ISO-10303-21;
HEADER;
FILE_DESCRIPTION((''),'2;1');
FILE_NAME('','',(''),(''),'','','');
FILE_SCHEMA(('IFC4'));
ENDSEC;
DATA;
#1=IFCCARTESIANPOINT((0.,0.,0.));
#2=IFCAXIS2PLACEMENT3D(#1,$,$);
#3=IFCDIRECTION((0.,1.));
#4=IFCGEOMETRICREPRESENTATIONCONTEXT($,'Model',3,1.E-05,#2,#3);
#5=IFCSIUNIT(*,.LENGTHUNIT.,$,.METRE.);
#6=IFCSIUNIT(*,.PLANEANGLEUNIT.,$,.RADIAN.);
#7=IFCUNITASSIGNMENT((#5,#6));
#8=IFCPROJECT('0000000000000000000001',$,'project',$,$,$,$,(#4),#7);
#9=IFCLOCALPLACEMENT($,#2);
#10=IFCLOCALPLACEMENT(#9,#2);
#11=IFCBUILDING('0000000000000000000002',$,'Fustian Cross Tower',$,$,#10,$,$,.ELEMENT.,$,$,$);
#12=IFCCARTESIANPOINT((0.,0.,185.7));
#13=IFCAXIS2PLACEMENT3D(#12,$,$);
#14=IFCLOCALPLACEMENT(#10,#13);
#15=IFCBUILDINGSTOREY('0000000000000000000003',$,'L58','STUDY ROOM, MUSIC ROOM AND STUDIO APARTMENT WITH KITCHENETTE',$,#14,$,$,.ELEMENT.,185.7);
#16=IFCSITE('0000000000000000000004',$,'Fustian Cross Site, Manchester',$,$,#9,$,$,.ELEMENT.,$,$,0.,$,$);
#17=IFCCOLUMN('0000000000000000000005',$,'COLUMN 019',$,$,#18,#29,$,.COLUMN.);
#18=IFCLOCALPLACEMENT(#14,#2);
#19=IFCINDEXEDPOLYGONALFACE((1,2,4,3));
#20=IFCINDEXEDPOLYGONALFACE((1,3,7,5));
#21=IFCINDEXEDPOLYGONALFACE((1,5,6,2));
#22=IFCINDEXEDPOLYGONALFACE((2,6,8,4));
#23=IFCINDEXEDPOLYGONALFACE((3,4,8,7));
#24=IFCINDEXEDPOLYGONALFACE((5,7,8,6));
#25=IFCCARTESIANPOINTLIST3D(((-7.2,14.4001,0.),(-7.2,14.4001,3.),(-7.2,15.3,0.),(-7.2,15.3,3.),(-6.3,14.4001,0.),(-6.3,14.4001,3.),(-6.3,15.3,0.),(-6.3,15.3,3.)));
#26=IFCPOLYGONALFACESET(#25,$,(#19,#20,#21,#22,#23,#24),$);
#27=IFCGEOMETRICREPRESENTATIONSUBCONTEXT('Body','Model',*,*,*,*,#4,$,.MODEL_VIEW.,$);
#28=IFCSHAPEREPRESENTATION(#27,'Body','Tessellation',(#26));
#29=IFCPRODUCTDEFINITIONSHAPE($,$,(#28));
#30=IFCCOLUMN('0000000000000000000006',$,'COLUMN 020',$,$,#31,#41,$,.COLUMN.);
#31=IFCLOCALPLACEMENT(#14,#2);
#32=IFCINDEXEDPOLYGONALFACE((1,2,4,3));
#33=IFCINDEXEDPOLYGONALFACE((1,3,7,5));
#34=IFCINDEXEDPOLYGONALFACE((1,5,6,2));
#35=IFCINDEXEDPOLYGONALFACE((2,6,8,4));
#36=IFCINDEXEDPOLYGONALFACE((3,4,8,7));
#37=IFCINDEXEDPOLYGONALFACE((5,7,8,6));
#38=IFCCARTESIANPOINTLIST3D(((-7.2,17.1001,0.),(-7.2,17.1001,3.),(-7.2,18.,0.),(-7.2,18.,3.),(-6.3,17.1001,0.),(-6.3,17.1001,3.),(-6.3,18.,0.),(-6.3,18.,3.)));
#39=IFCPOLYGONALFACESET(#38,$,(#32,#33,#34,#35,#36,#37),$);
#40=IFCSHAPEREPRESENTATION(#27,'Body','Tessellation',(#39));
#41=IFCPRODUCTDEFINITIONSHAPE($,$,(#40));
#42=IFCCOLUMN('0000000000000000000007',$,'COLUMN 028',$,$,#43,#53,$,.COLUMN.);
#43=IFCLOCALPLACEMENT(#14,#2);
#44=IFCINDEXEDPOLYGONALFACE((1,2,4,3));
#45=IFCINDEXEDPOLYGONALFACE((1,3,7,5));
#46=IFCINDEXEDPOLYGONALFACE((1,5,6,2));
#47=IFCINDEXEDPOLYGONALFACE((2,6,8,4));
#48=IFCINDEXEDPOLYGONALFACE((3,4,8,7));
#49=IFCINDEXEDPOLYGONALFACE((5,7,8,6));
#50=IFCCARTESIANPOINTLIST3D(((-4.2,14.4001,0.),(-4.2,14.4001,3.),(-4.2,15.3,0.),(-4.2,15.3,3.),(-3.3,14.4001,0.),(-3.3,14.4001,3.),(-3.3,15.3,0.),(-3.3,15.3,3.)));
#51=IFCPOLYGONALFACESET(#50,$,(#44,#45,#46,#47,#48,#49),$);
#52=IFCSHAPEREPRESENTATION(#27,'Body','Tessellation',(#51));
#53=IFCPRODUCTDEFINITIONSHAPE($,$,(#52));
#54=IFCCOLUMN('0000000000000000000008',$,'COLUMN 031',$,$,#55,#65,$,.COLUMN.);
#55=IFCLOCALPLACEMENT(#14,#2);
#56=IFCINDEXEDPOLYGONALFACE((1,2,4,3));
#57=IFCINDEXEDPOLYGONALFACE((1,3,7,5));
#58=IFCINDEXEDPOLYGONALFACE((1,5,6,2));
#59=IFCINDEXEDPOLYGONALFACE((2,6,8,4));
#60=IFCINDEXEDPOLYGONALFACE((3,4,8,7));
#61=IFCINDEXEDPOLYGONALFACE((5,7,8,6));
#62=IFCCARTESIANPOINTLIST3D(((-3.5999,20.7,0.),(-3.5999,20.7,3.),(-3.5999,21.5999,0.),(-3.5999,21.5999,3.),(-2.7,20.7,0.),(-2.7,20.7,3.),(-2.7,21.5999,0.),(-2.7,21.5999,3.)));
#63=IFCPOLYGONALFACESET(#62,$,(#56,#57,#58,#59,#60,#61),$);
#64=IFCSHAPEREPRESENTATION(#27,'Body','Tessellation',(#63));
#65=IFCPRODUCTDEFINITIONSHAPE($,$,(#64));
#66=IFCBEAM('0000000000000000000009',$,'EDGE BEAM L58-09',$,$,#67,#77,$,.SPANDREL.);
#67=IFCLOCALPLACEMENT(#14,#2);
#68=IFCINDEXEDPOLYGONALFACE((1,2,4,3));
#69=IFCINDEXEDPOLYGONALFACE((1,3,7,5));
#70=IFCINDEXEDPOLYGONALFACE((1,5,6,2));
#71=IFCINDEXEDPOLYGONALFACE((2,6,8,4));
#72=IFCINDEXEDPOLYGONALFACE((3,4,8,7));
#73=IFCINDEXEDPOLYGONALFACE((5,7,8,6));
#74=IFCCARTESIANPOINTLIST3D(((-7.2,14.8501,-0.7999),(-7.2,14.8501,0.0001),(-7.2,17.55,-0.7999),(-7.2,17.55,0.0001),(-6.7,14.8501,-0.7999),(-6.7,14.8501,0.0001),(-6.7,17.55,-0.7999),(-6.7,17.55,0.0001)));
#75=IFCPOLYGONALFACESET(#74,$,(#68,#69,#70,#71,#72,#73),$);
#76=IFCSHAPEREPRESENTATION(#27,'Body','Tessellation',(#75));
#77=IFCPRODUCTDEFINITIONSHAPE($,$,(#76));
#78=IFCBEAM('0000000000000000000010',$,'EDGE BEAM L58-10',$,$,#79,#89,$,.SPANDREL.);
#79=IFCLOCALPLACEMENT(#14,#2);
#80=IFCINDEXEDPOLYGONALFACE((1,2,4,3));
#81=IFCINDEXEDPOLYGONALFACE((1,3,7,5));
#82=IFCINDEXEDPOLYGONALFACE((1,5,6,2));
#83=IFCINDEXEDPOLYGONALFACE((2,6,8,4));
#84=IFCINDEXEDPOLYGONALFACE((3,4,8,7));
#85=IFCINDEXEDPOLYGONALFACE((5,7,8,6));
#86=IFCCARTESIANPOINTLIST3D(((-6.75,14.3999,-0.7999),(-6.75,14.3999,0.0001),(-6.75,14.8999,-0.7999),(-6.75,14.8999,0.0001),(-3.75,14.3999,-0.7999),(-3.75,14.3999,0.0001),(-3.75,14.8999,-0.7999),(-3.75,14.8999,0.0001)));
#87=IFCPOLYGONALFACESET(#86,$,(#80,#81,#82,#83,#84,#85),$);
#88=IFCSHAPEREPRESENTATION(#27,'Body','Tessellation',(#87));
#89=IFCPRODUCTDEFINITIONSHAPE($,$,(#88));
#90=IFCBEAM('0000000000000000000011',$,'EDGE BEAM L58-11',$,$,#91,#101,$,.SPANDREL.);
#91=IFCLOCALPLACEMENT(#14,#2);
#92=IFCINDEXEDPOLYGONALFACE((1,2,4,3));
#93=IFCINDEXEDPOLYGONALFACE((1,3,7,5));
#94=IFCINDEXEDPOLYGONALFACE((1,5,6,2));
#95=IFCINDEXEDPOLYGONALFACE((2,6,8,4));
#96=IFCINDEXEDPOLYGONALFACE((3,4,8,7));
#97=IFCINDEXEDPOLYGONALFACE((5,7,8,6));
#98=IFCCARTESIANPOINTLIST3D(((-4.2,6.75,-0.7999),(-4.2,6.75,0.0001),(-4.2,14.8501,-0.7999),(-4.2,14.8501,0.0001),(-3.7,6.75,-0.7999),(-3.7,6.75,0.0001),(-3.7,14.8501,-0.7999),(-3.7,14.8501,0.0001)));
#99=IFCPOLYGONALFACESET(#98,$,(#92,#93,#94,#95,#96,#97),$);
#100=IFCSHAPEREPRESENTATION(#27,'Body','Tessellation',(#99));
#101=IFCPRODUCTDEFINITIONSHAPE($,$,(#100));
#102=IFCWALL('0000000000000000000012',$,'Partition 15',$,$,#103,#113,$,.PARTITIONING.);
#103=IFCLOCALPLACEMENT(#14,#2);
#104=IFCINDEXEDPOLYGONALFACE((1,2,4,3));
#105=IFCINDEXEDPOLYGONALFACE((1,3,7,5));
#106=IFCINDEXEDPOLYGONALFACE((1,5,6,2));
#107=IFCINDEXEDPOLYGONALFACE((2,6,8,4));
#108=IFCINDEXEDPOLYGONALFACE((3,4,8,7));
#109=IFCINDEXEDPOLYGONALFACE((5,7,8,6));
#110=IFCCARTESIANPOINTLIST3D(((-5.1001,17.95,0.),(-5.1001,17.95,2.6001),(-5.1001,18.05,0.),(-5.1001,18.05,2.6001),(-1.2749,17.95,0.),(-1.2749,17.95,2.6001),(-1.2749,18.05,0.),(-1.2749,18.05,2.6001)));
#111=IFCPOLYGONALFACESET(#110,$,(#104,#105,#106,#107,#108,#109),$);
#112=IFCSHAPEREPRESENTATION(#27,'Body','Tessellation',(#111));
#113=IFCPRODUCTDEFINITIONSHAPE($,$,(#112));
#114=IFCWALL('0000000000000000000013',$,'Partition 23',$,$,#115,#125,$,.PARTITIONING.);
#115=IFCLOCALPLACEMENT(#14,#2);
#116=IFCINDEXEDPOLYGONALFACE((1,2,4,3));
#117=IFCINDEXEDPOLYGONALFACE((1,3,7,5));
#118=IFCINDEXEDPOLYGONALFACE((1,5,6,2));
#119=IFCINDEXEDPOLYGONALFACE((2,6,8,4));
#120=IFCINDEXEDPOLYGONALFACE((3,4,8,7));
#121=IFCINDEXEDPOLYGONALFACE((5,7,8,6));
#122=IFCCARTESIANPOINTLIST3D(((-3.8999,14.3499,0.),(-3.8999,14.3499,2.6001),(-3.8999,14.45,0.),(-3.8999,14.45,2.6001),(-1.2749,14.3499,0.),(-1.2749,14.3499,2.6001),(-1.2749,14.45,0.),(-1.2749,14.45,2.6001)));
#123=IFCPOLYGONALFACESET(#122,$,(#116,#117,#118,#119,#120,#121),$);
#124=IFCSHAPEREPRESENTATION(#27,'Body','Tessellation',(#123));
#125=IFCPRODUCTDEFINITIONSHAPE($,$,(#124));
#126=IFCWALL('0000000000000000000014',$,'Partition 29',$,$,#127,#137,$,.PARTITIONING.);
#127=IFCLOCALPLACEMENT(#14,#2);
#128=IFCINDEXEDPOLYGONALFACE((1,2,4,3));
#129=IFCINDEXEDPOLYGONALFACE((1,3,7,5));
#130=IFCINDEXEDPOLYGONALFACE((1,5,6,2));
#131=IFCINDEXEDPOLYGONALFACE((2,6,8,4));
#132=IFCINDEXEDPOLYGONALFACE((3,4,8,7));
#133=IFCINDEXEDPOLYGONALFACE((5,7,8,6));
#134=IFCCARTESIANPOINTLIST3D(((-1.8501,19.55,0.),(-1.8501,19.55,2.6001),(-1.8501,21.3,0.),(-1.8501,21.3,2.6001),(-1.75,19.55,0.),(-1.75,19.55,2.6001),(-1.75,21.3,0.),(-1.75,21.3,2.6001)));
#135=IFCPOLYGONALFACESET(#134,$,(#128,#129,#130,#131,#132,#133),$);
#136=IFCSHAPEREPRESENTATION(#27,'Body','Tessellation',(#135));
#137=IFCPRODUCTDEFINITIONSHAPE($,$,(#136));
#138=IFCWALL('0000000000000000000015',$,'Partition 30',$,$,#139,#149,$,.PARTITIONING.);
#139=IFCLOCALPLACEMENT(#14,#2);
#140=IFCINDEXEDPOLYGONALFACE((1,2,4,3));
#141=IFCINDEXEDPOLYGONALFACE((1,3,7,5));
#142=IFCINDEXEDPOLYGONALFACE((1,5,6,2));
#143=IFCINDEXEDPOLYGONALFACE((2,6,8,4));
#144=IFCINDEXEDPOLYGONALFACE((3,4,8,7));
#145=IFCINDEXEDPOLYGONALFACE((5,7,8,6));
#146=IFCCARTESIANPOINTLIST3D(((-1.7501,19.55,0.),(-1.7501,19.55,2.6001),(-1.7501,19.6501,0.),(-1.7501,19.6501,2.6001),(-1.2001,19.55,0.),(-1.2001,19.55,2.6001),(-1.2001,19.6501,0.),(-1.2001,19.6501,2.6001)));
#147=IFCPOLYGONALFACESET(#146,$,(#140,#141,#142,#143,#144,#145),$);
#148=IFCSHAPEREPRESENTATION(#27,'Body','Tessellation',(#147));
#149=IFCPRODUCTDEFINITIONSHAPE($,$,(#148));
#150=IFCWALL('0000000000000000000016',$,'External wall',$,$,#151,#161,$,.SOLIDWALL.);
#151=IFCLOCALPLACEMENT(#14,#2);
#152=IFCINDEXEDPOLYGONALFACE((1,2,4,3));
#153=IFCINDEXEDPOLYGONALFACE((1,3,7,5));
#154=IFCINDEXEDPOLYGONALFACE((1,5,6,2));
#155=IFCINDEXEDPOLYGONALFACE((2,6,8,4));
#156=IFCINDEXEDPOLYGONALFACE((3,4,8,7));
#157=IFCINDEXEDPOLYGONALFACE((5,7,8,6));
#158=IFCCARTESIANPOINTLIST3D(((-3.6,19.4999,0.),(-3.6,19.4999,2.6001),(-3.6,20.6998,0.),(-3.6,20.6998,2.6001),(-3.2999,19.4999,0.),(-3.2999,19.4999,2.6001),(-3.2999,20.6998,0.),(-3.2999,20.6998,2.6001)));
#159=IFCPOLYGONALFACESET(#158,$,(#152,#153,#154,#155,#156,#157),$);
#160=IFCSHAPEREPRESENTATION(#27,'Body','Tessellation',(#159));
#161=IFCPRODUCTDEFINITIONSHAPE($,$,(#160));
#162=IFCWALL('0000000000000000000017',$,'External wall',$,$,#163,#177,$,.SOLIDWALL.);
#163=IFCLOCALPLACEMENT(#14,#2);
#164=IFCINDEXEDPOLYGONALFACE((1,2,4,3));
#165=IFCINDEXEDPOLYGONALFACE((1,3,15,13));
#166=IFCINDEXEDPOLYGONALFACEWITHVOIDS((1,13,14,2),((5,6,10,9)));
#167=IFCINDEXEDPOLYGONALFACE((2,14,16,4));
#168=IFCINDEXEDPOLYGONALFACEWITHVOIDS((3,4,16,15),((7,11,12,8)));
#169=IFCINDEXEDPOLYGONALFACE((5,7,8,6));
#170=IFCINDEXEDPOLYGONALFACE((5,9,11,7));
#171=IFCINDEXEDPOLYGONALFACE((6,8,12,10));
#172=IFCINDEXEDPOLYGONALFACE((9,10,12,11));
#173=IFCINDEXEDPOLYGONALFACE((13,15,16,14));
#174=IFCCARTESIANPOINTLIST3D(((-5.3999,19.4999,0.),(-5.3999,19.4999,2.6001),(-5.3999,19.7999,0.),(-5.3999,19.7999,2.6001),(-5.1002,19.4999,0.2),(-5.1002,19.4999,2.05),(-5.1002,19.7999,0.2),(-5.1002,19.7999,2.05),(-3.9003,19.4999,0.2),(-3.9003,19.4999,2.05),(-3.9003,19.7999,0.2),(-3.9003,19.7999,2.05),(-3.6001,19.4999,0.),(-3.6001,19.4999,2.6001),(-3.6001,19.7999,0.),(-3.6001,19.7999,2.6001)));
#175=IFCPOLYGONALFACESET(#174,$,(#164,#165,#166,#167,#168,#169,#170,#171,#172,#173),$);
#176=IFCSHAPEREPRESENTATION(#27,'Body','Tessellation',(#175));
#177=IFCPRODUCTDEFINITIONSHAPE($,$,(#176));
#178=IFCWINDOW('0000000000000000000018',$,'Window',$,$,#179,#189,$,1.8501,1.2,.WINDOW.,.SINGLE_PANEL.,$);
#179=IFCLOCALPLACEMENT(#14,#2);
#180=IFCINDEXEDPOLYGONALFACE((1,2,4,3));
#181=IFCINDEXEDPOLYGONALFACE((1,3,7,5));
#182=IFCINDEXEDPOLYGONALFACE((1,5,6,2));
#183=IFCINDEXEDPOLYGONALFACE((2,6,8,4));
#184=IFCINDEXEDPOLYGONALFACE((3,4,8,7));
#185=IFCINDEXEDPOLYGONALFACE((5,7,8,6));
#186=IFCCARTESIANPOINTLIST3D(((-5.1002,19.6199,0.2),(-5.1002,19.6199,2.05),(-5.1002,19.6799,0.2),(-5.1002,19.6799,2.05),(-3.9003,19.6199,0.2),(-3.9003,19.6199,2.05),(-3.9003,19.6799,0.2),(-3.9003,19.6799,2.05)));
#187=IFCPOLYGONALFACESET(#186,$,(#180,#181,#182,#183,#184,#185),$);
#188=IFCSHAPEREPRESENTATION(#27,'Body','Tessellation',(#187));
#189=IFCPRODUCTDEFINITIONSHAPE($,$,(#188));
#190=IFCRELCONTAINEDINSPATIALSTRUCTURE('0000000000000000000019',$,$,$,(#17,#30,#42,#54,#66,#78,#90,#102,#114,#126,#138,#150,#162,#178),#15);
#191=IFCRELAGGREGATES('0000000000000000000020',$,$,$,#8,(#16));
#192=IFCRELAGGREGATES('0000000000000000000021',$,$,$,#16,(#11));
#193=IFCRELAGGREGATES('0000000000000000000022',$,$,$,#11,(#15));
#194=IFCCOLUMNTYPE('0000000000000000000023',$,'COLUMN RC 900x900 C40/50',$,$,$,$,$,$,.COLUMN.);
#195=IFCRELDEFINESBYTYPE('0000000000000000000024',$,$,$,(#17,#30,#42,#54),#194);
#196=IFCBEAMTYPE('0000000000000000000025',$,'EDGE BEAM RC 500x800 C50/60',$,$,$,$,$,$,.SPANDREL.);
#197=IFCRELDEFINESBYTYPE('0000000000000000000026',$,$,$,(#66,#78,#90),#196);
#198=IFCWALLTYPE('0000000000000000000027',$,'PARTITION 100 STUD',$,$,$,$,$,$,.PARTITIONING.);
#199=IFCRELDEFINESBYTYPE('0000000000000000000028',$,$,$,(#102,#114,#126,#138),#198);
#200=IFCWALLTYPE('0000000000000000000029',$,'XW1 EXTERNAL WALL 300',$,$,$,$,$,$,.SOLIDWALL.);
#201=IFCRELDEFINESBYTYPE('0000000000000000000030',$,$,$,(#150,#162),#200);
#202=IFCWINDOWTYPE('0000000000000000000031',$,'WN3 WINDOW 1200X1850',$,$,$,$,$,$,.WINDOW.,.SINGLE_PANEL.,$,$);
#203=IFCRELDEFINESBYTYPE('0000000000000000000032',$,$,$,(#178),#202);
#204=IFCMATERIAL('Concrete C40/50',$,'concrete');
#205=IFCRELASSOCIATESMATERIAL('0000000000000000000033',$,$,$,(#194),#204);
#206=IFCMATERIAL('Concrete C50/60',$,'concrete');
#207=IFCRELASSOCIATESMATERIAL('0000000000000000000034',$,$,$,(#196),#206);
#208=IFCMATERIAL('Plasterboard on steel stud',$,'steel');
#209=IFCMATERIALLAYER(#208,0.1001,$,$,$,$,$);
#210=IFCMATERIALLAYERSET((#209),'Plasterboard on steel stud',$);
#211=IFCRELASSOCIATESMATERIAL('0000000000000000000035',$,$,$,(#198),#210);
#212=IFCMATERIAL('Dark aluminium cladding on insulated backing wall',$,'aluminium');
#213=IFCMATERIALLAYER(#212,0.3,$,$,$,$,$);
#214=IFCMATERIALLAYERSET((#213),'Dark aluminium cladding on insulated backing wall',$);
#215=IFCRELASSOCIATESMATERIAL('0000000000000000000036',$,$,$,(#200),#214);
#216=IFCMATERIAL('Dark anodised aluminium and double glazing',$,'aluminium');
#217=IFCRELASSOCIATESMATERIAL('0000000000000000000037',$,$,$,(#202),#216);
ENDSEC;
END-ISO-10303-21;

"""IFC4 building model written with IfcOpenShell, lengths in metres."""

from ifc_helpers import new_model, si_unit, direction, frame, frame_2d, origin, origin_2d, place, context, subcontext, project, spatial, rectangle, extrude, material, layer, layer_set, material_profile, profile_set, type_object, element, fill, save


model = new_model("IFC4")

# Units and contexts
model_context = context("Model", 3, precision=1e-05, world=origin(), true_north=direction((0.0, 1.0)))
body_context = subcontext(model_context, "Body", "Model", "MODEL_VIEW")
ifc_project = project(units=[si_unit("LENGTHUNIT", "METRE"), si_unit("PLANEANGLEUNIT", "RADIAN")], contexts=[model_context])

# Site, building, storey
site_placement = place(None, origin())
site = spatial("IfcSite", under=ifc_project, at=site_placement, Name="Fustian Cross Site, Manchester", CompositionType="ELEMENT", RefElevation=0.0)
building_placement = place(site_placement, origin())
building = spatial("IfcBuilding", under=site, at=building_placement, Name="Fustian Cross Tower", CompositionType="ELEMENT")
storey_placement = place(building_placement, frame((0.0, 0.0, 185.7)))
storey = spatial("IfcBuildingStorey", under=building, at=storey_placement, Name="L58", Description="STUDY ROOM, MUSIC ROOM AND STUDIO APARTMENT WITH KITCHENETTE", CompositionType="ELEMENT", Elevation=185.7)

# Columns
ifc_material_1 = material(Name="Concrete C40/50", Category="concrete")
ifc_material_profile_1 = material_profile(ifc_material_1, rectangle(XDim=0.8999, YDim=0.8999, at=origin_2d()), Name="RC 900x900")
ifc_profile_set_1 = profile_set([ifc_material_profile_1], Name="Concrete C40/50")
column_type = type_object("IfcColumnType", Name="COLUMN RC 900x900 C40/50", PredefinedType="COLUMN", material=ifc_profile_set_1)
for number, where, z_axis, x_axis, name in (
    (1, (-6.75, 14.8501, 0.0), (0.0, 0.0, 1.0), (1.0, 0.0, 0.0), "COLUMN 019"),
    (2, (-6.75, 17.55, 0.0), (0.0, 0.0, 1.0), (1.0, 0.0, 0.0), "COLUMN 020"),
    (3, (-3.75, 14.8501, 0.0), (0.0, 0.0, 1.0), (1.0, 0.0, 0.0), "COLUMN 028"),
    (4, (-3.1499, 21.1499, 0.0), (0.0, 0.0, 1.0), (1.0, 0.0, 0.0), "COLUMN 031"),
):
    element("IfcColumn", number, at=place(storey_placement, frame(where, z_axis=z_axis, x_axis=x_axis)), inside=storey, type_object=column_type, Name=name, PredefinedType="COLUMN", context=body_context, shape_type="SweptSolid", body=[
        extrude(rectangle(XDim=0.8999, YDim=0.8999, at=origin_2d()), origin(), (0.0, 0.0, 1.0), 3.0),
    ])

# Beams
ifc_material_2 = material(Name="Concrete C50/60", Category="concrete")
ifc_material_profile_2 = material_profile(ifc_material_2, rectangle(XDim=0.5, YDim=0.8, at=origin_2d()), Name="RC 500x800")
ifc_profile_set_2 = profile_set([ifc_material_profile_2], Name="Concrete C50/60")
beam_type = type_object("IfcBeamType", Name="EDGE BEAM RC 500x800 C50/60", PredefinedType="SPANDREL", material=ifc_profile_set_2)
beam_1_placement = place(storey_placement, frame((-6.95, 17.55, -0.3999), z_axis=(0.0, -1.0, 0.0), x_axis=(1.0, 0.0, 0.0)))
element("IfcBeam", 5, at=beam_1_placement, inside=storey, type_object=beam_type, Name="EDGE BEAM L58-09", PredefinedType="SPANDREL", context=body_context, shape_type="SweptSolid", body=[
    extrude(rectangle(XDim=0.5, YDim=0.8, at=origin_2d()), origin(), (0.0, 0.0, 1.0), 2.7),
])
beam_2_placement = place(storey_placement, frame((-6.75, 14.6499, -0.3999), z_axis=(1.0, 0.0, 0.0), x_axis=(0.0, 1.0, 0.0)))
element("IfcBeam", 6, at=beam_2_placement, inside=storey, type_object=beam_type, Name="EDGE BEAM L58-10", PredefinedType="SPANDREL", context=body_context, shape_type="SweptSolid", body=[
    extrude(rectangle(XDim=0.5, YDim=0.8, at=origin_2d()), origin(), (0.0, 0.0, 1.0), 3.0),
])
beam_3_placement = place(storey_placement, frame((-3.95, 14.8501, -0.3999), z_axis=(0.0, -1.0, 0.0), x_axis=(1.0, 0.0, 0.0)))
element("IfcBeam", 7, at=beam_3_placement, inside=storey, type_object=beam_type, Name="EDGE BEAM L58-11", PredefinedType="SPANDREL", context=body_context, shape_type="SweptSolid", body=[
    extrude(rectangle(XDim=0.5, YDim=0.8, at=origin_2d()), origin(), (0.0, 0.0, 1.0), 8.1001),
])

# Walls
ifc_material_3 = material(Name="Plasterboard on steel stud", Category="steel")
ifc_layer_1 = layer(ifc_material_3, 0.1001)
ifc_layer_set_1 = layer_set([ifc_layer_1], Name="Plasterboard on steel stud")
wall_type_1 = type_object("IfcWallType", Name="PARTITION 100 STUD", PredefinedType="PARTITIONING", material=ifc_layer_set_1)
wall_1_placement = place(storey_placement, frame((-5.1001, 18.0, 0.0), z_axis=(0.0, 0.0, 1.0), x_axis=(1.0, 0.0, 0.0)))
element("IfcWall", 8, at=wall_1_placement, inside=storey, type_object=wall_type_1, Name="Partition 15", PredefinedType="PARTITIONING", context=body_context, shape_type="SweptSolid", body=[
    extrude(rectangle(XDim=3.8252, YDim=0.1001, at=frame_2d((1.9126, 0.0))), origin(), (0.0, 0.0, 1.0), 2.6001),
])
wall_2_placement = place(storey_placement, frame((-3.8999, 14.3999, 0.0), z_axis=(0.0, 0.0, 1.0), x_axis=(1.0, 0.0, 0.0)))
element("IfcWall", 9, at=wall_2_placement, inside=storey, type_object=wall_type_1, Name="Partition 23", PredefinedType="PARTITIONING", context=body_context, shape_type="SweptSolid", body=[
    extrude(rectangle(XDim=2.625, YDim=0.1001, at=frame_2d((1.3125, 0.0))), origin(), (0.0, 0.0, 1.0), 2.6001),
])
wall_3_placement = place(storey_placement, frame((-1.8, 19.55, 0.0), z_axis=(0.0, 0.0, 1.0), x_axis=(0.0, 1.0, 0.0)))
element("IfcWall", 10, at=wall_3_placement, inside=storey, type_object=wall_type_1, Name="Partition 29", PredefinedType="PARTITIONING", context=body_context, shape_type="SweptSolid", body=[
    extrude(rectangle(XDim=1.75, YDim=0.1001, at=frame_2d((0.875, 0.0))), origin(), (0.0, 0.0, 1.0), 2.6001),
])
wall_4_placement = place(storey_placement, frame((-1.75, 19.6001, 0.0), z_axis=(0.0, 0.0, 1.0), x_axis=(1.0, 0.0, 0.0)))
element("IfcWall", 11, at=wall_4_placement, inside=storey, type_object=wall_type_1, Name="Partition 30", PredefinedType="PARTITIONING", context=body_context, shape_type="SweptSolid", body=[
    extrude(rectangle(XDim=0.55, YDim=0.1001, at=frame_2d((0.2749, 0.0))), origin(), (0.0, 0.0, 1.0), 2.6001),
])
ifc_material_4 = material(Name="Dark aluminium cladding on insulated backing wall", Category="aluminium")
ifc_layer_2 = layer(ifc_material_4, 0.3)
ifc_layer_set_2 = layer_set([ifc_layer_2], Name="Dark aluminium cladding on insulated backing wall")
wall_type_2 = type_object("IfcWallType", Name="XW1 EXTERNAL WALL 300", PredefinedType="SOLIDWALL", material=ifc_layer_set_2)
wall_5_placement = place(storey_placement, frame((-3.45, 20.7, 0.0), z_axis=(0.0, 0.0, 1.0), x_axis=(0.0, -1.0, 0.0)))
element("IfcWall", 12, at=wall_5_placement, inside=storey, type_object=wall_type_2, Name="External wall", PredefinedType="SOLIDWALL", context=body_context, shape_type="SweptSolid", body=[
    extrude(rectangle(XDim=1.2, YDim=0.3, at=frame_2d((0.6001, 0.0))), origin(), (0.0, 0.0, 1.0), 2.6001),
])

# Wall, opening, window
wall_6_placement = place(storey_placement, frame((-3.6001, 19.6499, 0.0), z_axis=(0.0, 0.0, 1.0), x_axis=(-1.0, 0.0, 0.0)))
wall_6 = element("IfcWall", 13, at=wall_6_placement, inside=storey, type_object=wall_type_2, Name="External wall", PredefinedType="SOLIDWALL", context=body_context, shape_type="SweptSolid", body=[
    extrude(rectangle(XDim=1.7998, YDim=0.3, at=frame_2d((0.8999, 0.0))), origin(), (0.0, 0.0, 1.0), 2.6001),
])
opening_1_placement = place(wall_6_placement, frame((0.3, 0.0, 0.2)))
opening_1 = element("IfcOpeningElement", 14, at=opening_1_placement, cuts=wall_6, PredefinedType="OPENING", context=body_context, shape_type="SweptSolid", body=[
    extrude(rectangle(XDim=1.2, YDim=1.8501, at=frame_2d((0.6001, 0.925))), frame((0.0, 0.1599, 0.0), z_axis=(0.0, -1.0, 0.0), x_axis=(1.0, 0.0, 0.0)), (0.0, 0.0, 1.0), 0.3201),
])
ifc_material_5 = material(Name="Dark anodised aluminium and double glazing", Category="aluminium")
window_type_1 = type_object("IfcWindowType", Name="WN3 WINDOW 1200X1850", PartitioningType="SINGLE_PANEL", PredefinedType="WINDOW", material=ifc_material_5)
window_1_placement = place(opening_1_placement, origin())
window_1 = element("IfcWindow", 15, at=window_1_placement, inside=storey, type_object=window_type_1, Name="Window", OverallHeight=1.8501, OverallWidth=1.2, PartitioningType="SINGLE_PANEL", PredefinedType="WINDOW", context=body_context, shape_type="SweptSolid", body=[
    extrude(rectangle(XDim=1.2, YDim=1.8501, at=frame_2d((0.6001, 0.925))), frame((0.0, 0.03, 0.0), z_axis=(0.0, -1.0, 0.0), x_axis=(1.0, 0.0, 0.0)), (0.0, 0.0, 1.0), 0.0601),
])
fill(opening_1, window_1)

save(model, "model.ifc")
